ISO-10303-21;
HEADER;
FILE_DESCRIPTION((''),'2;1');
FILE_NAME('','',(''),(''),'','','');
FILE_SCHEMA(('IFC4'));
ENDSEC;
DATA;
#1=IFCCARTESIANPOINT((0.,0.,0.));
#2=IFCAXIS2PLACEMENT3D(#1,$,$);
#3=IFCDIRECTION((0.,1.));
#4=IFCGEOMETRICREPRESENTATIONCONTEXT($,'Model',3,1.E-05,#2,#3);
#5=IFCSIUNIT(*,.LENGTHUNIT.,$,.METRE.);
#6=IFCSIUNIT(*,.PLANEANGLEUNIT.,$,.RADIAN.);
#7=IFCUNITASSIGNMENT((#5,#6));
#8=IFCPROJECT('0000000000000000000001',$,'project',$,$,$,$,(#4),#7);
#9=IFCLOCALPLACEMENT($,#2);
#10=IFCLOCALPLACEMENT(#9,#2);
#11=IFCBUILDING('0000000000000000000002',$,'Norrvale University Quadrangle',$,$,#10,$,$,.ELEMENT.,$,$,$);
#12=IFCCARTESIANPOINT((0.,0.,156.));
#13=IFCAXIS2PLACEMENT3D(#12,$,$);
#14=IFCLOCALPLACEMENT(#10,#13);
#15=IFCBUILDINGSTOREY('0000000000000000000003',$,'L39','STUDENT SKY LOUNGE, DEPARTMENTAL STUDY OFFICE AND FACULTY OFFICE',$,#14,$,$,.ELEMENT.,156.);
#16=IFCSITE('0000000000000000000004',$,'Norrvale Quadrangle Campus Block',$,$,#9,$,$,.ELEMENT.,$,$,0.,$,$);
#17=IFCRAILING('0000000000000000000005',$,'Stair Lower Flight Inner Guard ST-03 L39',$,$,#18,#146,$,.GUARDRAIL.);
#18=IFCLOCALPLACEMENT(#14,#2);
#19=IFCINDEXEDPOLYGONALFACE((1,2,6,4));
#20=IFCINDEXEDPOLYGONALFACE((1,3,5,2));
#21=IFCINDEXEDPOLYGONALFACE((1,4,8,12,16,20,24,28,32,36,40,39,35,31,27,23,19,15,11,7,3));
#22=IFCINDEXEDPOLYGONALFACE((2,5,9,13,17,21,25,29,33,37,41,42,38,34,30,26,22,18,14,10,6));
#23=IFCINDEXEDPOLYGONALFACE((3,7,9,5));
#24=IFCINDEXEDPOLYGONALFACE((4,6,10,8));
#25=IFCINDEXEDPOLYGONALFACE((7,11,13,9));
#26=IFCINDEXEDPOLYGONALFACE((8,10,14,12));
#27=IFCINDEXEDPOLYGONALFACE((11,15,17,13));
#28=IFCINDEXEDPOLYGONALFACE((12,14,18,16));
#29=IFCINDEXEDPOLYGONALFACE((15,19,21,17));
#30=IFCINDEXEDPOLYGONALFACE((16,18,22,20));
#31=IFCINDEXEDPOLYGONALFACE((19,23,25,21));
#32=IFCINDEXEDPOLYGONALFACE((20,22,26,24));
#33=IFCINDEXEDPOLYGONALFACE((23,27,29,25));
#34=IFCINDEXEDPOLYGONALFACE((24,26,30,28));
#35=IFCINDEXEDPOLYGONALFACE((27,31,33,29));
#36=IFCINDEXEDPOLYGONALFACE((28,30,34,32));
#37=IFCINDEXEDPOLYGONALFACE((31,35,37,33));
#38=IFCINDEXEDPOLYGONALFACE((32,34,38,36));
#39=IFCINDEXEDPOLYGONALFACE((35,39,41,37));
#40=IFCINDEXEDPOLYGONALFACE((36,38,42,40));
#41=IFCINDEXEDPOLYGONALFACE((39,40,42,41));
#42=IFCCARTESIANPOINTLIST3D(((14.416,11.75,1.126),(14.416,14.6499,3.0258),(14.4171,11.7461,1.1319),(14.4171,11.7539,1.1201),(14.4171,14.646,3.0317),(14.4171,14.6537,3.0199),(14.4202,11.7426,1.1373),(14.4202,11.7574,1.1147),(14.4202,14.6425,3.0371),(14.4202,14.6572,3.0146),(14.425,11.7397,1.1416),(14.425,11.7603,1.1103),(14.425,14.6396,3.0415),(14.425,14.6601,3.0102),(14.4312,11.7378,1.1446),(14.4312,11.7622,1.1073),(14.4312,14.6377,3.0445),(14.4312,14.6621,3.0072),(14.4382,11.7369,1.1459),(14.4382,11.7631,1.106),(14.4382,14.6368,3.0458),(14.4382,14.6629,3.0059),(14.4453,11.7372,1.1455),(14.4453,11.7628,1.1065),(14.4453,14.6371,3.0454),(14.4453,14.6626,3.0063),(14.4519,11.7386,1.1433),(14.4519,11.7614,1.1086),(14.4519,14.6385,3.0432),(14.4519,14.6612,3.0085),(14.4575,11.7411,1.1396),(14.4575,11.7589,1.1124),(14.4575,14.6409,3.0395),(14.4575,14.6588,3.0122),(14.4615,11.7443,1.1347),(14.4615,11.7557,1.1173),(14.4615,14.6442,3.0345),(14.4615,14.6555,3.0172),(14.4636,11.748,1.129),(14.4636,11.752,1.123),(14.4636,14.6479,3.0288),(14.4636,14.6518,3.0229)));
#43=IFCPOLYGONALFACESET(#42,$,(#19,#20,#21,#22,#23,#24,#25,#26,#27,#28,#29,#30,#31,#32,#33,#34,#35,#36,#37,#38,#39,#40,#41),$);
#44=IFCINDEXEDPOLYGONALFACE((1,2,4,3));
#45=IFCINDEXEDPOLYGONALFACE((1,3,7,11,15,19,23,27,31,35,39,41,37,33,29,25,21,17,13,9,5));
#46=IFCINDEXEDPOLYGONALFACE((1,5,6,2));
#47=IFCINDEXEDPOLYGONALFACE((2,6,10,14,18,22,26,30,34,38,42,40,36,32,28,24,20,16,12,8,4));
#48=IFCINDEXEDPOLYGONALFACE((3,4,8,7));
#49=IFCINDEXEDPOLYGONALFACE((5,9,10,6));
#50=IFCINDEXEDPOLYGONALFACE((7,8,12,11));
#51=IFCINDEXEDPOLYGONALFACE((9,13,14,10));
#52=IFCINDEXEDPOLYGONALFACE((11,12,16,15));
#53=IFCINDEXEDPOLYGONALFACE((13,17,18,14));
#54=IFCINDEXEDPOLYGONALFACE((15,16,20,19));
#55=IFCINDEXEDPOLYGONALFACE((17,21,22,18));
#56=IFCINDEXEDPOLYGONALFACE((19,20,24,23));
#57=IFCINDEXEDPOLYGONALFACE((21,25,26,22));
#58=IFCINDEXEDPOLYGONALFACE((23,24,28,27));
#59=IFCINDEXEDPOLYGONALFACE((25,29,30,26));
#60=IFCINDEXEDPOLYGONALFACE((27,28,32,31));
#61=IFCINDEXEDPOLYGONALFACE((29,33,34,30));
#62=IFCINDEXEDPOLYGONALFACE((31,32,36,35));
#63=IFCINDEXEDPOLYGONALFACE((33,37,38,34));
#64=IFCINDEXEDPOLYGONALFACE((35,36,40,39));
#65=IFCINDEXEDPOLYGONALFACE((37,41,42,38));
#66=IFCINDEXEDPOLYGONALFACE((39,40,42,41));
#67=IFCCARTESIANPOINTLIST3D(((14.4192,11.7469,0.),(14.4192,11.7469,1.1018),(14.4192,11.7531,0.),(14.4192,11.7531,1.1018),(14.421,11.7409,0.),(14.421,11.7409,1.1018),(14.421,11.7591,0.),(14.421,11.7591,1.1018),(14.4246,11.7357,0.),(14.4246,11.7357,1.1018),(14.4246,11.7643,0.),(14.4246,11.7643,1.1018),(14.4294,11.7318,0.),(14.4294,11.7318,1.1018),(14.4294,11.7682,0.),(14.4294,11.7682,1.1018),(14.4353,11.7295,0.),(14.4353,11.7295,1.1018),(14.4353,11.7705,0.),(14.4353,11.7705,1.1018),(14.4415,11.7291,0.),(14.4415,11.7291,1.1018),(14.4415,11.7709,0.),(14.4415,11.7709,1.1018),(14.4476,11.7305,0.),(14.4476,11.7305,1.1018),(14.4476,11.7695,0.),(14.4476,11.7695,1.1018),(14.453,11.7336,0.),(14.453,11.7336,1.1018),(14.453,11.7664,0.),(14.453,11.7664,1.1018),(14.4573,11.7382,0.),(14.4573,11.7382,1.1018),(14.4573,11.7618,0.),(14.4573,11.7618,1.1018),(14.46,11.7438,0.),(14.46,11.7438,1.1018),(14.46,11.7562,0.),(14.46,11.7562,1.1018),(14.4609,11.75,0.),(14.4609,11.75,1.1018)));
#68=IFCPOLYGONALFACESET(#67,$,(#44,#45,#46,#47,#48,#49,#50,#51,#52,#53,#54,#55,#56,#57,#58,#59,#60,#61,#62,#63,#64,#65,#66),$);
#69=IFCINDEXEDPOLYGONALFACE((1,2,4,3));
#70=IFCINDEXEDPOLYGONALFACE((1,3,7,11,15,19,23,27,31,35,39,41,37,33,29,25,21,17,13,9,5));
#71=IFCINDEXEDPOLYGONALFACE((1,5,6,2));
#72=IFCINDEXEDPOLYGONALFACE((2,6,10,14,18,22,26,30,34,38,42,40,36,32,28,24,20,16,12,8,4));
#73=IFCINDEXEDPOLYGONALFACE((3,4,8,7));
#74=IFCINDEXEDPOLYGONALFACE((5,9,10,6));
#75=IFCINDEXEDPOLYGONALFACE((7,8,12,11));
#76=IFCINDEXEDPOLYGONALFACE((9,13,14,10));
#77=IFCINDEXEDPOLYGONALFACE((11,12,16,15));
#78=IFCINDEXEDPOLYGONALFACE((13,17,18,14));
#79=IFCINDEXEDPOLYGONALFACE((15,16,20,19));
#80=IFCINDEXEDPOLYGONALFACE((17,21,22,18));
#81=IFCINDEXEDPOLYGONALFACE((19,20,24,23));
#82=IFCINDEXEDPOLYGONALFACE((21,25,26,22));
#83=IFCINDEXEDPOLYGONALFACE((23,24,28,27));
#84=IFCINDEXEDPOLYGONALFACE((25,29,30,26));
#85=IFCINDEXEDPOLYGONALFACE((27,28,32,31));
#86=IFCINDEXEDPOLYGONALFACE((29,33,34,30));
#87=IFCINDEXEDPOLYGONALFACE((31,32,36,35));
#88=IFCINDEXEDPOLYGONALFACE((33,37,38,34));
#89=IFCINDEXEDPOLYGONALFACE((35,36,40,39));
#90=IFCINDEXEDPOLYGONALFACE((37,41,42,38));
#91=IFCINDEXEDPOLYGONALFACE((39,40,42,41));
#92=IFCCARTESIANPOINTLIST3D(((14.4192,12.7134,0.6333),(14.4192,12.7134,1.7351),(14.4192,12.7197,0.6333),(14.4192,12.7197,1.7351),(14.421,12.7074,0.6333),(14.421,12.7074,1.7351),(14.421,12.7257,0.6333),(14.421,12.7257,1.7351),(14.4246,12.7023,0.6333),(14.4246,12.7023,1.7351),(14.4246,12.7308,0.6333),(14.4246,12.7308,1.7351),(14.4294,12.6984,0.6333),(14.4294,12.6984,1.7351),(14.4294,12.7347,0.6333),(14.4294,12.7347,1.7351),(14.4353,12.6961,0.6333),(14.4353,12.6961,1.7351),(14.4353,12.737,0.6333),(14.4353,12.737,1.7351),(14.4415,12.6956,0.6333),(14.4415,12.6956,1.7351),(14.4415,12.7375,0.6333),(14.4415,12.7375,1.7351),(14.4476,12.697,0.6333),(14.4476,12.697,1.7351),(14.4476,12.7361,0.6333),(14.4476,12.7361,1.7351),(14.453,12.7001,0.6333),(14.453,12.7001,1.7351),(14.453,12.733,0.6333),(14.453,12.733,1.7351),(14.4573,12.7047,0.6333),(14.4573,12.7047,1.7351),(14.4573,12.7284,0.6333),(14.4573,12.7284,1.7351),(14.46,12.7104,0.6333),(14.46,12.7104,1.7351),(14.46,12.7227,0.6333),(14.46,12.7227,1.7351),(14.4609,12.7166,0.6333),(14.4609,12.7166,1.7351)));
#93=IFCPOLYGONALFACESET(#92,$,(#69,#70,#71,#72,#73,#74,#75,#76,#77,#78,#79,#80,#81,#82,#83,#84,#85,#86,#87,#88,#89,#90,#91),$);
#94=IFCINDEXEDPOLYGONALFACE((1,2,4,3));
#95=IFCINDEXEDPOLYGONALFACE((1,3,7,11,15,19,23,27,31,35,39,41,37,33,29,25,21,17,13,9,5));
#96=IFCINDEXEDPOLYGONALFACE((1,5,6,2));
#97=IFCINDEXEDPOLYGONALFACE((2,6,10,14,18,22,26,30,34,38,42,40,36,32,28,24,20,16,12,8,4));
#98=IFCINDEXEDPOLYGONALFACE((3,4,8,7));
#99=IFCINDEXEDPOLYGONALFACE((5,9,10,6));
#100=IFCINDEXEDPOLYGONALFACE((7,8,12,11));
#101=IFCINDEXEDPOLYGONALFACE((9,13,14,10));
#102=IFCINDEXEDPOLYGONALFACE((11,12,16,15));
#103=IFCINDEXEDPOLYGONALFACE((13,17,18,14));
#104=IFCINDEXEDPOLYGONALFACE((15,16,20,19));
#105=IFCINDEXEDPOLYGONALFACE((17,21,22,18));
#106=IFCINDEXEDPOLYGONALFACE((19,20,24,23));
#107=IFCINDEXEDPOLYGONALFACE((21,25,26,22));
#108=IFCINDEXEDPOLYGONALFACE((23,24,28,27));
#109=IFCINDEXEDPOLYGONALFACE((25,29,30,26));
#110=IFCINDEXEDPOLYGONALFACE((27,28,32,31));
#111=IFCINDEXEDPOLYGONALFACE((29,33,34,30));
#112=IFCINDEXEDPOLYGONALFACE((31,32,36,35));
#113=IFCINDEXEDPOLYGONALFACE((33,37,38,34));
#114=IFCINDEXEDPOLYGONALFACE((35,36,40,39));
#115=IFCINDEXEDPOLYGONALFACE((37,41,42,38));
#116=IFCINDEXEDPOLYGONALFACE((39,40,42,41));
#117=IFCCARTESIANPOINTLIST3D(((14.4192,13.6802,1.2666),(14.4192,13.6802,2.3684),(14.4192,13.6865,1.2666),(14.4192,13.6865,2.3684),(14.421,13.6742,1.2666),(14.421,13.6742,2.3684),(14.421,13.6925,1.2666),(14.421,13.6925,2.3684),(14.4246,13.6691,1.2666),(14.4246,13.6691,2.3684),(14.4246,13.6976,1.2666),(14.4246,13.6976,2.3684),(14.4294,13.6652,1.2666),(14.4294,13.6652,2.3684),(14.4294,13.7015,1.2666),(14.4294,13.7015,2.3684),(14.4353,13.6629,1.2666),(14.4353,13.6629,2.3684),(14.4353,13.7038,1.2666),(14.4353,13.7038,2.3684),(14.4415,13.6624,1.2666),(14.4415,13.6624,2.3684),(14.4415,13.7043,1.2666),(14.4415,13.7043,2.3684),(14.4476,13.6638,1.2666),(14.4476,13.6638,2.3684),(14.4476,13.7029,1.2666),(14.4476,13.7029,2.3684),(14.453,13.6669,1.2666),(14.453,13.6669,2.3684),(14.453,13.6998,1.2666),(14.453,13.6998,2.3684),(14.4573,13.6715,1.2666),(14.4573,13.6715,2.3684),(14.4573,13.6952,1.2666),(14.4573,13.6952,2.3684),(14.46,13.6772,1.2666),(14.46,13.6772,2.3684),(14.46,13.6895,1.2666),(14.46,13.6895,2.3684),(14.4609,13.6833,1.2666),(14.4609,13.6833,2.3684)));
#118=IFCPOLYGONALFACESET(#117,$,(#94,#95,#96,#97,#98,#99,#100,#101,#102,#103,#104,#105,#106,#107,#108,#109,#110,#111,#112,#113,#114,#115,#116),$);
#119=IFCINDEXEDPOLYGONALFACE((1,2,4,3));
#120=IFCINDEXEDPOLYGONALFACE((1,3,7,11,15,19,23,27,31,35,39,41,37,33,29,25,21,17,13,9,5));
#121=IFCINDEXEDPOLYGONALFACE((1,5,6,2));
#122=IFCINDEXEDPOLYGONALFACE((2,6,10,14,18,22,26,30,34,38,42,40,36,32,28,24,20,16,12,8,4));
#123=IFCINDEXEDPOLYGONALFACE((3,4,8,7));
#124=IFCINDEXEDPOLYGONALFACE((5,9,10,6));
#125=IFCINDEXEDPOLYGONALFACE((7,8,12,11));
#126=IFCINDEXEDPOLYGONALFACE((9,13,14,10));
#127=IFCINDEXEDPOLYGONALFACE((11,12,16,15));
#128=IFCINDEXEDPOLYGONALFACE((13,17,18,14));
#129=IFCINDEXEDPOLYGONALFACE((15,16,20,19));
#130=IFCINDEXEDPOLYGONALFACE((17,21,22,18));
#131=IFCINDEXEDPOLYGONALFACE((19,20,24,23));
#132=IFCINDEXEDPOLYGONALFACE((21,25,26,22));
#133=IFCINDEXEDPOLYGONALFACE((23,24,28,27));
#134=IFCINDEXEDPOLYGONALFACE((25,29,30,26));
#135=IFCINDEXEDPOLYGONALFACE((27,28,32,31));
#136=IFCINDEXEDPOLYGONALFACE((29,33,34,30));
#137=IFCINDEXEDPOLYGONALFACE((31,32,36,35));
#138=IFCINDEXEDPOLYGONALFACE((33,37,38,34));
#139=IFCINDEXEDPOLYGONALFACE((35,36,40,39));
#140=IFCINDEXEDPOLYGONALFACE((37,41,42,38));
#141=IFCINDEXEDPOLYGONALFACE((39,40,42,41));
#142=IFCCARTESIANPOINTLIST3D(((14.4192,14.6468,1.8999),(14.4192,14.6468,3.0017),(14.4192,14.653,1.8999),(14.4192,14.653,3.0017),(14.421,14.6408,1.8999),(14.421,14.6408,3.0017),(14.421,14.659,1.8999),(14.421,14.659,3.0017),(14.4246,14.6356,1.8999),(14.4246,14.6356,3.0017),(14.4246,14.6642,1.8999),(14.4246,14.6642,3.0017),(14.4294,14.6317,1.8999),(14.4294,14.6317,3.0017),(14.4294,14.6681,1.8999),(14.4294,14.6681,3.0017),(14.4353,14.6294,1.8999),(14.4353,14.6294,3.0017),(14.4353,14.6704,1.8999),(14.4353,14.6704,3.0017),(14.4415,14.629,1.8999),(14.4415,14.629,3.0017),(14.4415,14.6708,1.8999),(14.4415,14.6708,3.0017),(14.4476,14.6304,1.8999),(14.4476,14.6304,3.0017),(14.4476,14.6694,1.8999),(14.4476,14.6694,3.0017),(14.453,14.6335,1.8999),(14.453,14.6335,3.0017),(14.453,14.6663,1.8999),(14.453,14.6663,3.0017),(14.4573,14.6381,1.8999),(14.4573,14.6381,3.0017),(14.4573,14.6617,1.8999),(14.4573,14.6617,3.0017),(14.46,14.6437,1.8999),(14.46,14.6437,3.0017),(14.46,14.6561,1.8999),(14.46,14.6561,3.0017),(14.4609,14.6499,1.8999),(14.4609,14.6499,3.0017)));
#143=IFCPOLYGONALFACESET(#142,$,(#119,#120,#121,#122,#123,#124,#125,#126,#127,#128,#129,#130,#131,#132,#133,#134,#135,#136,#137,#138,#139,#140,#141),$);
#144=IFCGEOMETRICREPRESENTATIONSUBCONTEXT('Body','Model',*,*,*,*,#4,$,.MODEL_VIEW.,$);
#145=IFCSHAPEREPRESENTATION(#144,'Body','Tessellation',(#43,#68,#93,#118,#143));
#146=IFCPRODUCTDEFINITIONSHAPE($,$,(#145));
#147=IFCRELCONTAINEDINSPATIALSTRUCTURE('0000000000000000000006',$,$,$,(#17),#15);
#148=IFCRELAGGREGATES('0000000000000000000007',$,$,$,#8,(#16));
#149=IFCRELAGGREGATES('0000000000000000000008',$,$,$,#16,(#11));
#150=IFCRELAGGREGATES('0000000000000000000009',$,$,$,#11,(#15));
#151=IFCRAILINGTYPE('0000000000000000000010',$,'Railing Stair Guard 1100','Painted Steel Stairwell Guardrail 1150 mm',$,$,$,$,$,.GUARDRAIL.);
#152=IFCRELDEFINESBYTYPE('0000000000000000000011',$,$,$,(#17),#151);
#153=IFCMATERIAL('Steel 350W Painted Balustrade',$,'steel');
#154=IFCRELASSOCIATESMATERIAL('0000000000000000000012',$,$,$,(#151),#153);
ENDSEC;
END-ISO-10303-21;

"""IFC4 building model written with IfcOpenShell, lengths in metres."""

from ifc_helpers import new_model, si_unit, direction, frame, origin, origin_2d, place, context, subcontext, project, spatial, circle, extrude, material, type_object, element, save


model = new_model("IFC4")

# Units and contexts
model_context = context("Model", 3, precision=1e-05, world=origin(), true_north=direction((0.0, 1.0)))
body_context = subcontext(model_context, "Body", "Model", "MODEL_VIEW")
ifc_project = project(units=[si_unit("LENGTHUNIT", "METRE"), si_unit("PLANEANGLEUNIT", "RADIAN")], contexts=[model_context])

# Site, building, storey
site_placement = place(None, origin())
site = spatial("IfcSite", under=ifc_project, at=site_placement, Name="Norrvale Quadrangle Campus Block", CompositionType="ELEMENT", RefElevation=0.0)
building_placement = place(site_placement, origin())
building = spatial("IfcBuilding", under=site, at=building_placement, Name="Norrvale University Quadrangle", CompositionType="ELEMENT")
storey_placement = place(building_placement, frame((0.0, 0.0, 156.0)))
storey = spatial("IfcBuildingStorey", under=building, at=storey_placement, Name="L39", Description="STUDENT SKY LOUNGE, DEPARTMENTAL STUDY OFFICE AND FACULTY OFFICE", CompositionType="ELEMENT", Elevation=156.0)

# Railing
ifc_material_1 = material(Name="Steel 350W Painted Balustrade", Category="steel")
railing_type_1 = type_object("IfcRailingType", Name="Railing Stair Guard 1100", Description="Painted Steel Stairwell Guardrail 1150 mm", PredefinedType="GUARDRAIL", material=ifc_material_1)
railing_1_placement = place(storey_placement, frame((14.4399, 11.75, 0.0)))
element("IfcRailing", 1, at=railing_1_placement, inside=storey, type_object=railing_type_1, Name="Stair Lower Flight Inner Guard ST-03 L39", PredefinedType="GUARDRAIL", context=body_context, shape_type="SweptSolid", body=[
    extrude(circle(Radius=0.0239, at=origin_2d()), frame((0.0, 0.0, 1.126), z_axis=(0.0, 0.836466, 0.548019), x_axis=(-1.0, 0.0, 0.0)), (0.0, 0.0, 1.0), 3.4668),
    extrude(circle(Radius=0.021, at=origin_2d()), origin(), (0.0, 0.0, 1.0), 1.1018),
    extrude(circle(Radius=0.021, at=origin_2d()), frame((0.0, 0.9666, 0.6333)), (0.0, 0.0, 1.0), 1.1018),
    extrude(circle(Radius=0.021, at=origin_2d()), frame((0.0, 1.9333, 1.2666)), (0.0, 0.0, 1.0), 1.1018),
    extrude(circle(Radius=0.021, at=origin_2d()), frame((0.0, 2.8999, 1.8999)), (0.0, 0.0, 1.0), 1.1018),
])

save(model, "model.ifc")
